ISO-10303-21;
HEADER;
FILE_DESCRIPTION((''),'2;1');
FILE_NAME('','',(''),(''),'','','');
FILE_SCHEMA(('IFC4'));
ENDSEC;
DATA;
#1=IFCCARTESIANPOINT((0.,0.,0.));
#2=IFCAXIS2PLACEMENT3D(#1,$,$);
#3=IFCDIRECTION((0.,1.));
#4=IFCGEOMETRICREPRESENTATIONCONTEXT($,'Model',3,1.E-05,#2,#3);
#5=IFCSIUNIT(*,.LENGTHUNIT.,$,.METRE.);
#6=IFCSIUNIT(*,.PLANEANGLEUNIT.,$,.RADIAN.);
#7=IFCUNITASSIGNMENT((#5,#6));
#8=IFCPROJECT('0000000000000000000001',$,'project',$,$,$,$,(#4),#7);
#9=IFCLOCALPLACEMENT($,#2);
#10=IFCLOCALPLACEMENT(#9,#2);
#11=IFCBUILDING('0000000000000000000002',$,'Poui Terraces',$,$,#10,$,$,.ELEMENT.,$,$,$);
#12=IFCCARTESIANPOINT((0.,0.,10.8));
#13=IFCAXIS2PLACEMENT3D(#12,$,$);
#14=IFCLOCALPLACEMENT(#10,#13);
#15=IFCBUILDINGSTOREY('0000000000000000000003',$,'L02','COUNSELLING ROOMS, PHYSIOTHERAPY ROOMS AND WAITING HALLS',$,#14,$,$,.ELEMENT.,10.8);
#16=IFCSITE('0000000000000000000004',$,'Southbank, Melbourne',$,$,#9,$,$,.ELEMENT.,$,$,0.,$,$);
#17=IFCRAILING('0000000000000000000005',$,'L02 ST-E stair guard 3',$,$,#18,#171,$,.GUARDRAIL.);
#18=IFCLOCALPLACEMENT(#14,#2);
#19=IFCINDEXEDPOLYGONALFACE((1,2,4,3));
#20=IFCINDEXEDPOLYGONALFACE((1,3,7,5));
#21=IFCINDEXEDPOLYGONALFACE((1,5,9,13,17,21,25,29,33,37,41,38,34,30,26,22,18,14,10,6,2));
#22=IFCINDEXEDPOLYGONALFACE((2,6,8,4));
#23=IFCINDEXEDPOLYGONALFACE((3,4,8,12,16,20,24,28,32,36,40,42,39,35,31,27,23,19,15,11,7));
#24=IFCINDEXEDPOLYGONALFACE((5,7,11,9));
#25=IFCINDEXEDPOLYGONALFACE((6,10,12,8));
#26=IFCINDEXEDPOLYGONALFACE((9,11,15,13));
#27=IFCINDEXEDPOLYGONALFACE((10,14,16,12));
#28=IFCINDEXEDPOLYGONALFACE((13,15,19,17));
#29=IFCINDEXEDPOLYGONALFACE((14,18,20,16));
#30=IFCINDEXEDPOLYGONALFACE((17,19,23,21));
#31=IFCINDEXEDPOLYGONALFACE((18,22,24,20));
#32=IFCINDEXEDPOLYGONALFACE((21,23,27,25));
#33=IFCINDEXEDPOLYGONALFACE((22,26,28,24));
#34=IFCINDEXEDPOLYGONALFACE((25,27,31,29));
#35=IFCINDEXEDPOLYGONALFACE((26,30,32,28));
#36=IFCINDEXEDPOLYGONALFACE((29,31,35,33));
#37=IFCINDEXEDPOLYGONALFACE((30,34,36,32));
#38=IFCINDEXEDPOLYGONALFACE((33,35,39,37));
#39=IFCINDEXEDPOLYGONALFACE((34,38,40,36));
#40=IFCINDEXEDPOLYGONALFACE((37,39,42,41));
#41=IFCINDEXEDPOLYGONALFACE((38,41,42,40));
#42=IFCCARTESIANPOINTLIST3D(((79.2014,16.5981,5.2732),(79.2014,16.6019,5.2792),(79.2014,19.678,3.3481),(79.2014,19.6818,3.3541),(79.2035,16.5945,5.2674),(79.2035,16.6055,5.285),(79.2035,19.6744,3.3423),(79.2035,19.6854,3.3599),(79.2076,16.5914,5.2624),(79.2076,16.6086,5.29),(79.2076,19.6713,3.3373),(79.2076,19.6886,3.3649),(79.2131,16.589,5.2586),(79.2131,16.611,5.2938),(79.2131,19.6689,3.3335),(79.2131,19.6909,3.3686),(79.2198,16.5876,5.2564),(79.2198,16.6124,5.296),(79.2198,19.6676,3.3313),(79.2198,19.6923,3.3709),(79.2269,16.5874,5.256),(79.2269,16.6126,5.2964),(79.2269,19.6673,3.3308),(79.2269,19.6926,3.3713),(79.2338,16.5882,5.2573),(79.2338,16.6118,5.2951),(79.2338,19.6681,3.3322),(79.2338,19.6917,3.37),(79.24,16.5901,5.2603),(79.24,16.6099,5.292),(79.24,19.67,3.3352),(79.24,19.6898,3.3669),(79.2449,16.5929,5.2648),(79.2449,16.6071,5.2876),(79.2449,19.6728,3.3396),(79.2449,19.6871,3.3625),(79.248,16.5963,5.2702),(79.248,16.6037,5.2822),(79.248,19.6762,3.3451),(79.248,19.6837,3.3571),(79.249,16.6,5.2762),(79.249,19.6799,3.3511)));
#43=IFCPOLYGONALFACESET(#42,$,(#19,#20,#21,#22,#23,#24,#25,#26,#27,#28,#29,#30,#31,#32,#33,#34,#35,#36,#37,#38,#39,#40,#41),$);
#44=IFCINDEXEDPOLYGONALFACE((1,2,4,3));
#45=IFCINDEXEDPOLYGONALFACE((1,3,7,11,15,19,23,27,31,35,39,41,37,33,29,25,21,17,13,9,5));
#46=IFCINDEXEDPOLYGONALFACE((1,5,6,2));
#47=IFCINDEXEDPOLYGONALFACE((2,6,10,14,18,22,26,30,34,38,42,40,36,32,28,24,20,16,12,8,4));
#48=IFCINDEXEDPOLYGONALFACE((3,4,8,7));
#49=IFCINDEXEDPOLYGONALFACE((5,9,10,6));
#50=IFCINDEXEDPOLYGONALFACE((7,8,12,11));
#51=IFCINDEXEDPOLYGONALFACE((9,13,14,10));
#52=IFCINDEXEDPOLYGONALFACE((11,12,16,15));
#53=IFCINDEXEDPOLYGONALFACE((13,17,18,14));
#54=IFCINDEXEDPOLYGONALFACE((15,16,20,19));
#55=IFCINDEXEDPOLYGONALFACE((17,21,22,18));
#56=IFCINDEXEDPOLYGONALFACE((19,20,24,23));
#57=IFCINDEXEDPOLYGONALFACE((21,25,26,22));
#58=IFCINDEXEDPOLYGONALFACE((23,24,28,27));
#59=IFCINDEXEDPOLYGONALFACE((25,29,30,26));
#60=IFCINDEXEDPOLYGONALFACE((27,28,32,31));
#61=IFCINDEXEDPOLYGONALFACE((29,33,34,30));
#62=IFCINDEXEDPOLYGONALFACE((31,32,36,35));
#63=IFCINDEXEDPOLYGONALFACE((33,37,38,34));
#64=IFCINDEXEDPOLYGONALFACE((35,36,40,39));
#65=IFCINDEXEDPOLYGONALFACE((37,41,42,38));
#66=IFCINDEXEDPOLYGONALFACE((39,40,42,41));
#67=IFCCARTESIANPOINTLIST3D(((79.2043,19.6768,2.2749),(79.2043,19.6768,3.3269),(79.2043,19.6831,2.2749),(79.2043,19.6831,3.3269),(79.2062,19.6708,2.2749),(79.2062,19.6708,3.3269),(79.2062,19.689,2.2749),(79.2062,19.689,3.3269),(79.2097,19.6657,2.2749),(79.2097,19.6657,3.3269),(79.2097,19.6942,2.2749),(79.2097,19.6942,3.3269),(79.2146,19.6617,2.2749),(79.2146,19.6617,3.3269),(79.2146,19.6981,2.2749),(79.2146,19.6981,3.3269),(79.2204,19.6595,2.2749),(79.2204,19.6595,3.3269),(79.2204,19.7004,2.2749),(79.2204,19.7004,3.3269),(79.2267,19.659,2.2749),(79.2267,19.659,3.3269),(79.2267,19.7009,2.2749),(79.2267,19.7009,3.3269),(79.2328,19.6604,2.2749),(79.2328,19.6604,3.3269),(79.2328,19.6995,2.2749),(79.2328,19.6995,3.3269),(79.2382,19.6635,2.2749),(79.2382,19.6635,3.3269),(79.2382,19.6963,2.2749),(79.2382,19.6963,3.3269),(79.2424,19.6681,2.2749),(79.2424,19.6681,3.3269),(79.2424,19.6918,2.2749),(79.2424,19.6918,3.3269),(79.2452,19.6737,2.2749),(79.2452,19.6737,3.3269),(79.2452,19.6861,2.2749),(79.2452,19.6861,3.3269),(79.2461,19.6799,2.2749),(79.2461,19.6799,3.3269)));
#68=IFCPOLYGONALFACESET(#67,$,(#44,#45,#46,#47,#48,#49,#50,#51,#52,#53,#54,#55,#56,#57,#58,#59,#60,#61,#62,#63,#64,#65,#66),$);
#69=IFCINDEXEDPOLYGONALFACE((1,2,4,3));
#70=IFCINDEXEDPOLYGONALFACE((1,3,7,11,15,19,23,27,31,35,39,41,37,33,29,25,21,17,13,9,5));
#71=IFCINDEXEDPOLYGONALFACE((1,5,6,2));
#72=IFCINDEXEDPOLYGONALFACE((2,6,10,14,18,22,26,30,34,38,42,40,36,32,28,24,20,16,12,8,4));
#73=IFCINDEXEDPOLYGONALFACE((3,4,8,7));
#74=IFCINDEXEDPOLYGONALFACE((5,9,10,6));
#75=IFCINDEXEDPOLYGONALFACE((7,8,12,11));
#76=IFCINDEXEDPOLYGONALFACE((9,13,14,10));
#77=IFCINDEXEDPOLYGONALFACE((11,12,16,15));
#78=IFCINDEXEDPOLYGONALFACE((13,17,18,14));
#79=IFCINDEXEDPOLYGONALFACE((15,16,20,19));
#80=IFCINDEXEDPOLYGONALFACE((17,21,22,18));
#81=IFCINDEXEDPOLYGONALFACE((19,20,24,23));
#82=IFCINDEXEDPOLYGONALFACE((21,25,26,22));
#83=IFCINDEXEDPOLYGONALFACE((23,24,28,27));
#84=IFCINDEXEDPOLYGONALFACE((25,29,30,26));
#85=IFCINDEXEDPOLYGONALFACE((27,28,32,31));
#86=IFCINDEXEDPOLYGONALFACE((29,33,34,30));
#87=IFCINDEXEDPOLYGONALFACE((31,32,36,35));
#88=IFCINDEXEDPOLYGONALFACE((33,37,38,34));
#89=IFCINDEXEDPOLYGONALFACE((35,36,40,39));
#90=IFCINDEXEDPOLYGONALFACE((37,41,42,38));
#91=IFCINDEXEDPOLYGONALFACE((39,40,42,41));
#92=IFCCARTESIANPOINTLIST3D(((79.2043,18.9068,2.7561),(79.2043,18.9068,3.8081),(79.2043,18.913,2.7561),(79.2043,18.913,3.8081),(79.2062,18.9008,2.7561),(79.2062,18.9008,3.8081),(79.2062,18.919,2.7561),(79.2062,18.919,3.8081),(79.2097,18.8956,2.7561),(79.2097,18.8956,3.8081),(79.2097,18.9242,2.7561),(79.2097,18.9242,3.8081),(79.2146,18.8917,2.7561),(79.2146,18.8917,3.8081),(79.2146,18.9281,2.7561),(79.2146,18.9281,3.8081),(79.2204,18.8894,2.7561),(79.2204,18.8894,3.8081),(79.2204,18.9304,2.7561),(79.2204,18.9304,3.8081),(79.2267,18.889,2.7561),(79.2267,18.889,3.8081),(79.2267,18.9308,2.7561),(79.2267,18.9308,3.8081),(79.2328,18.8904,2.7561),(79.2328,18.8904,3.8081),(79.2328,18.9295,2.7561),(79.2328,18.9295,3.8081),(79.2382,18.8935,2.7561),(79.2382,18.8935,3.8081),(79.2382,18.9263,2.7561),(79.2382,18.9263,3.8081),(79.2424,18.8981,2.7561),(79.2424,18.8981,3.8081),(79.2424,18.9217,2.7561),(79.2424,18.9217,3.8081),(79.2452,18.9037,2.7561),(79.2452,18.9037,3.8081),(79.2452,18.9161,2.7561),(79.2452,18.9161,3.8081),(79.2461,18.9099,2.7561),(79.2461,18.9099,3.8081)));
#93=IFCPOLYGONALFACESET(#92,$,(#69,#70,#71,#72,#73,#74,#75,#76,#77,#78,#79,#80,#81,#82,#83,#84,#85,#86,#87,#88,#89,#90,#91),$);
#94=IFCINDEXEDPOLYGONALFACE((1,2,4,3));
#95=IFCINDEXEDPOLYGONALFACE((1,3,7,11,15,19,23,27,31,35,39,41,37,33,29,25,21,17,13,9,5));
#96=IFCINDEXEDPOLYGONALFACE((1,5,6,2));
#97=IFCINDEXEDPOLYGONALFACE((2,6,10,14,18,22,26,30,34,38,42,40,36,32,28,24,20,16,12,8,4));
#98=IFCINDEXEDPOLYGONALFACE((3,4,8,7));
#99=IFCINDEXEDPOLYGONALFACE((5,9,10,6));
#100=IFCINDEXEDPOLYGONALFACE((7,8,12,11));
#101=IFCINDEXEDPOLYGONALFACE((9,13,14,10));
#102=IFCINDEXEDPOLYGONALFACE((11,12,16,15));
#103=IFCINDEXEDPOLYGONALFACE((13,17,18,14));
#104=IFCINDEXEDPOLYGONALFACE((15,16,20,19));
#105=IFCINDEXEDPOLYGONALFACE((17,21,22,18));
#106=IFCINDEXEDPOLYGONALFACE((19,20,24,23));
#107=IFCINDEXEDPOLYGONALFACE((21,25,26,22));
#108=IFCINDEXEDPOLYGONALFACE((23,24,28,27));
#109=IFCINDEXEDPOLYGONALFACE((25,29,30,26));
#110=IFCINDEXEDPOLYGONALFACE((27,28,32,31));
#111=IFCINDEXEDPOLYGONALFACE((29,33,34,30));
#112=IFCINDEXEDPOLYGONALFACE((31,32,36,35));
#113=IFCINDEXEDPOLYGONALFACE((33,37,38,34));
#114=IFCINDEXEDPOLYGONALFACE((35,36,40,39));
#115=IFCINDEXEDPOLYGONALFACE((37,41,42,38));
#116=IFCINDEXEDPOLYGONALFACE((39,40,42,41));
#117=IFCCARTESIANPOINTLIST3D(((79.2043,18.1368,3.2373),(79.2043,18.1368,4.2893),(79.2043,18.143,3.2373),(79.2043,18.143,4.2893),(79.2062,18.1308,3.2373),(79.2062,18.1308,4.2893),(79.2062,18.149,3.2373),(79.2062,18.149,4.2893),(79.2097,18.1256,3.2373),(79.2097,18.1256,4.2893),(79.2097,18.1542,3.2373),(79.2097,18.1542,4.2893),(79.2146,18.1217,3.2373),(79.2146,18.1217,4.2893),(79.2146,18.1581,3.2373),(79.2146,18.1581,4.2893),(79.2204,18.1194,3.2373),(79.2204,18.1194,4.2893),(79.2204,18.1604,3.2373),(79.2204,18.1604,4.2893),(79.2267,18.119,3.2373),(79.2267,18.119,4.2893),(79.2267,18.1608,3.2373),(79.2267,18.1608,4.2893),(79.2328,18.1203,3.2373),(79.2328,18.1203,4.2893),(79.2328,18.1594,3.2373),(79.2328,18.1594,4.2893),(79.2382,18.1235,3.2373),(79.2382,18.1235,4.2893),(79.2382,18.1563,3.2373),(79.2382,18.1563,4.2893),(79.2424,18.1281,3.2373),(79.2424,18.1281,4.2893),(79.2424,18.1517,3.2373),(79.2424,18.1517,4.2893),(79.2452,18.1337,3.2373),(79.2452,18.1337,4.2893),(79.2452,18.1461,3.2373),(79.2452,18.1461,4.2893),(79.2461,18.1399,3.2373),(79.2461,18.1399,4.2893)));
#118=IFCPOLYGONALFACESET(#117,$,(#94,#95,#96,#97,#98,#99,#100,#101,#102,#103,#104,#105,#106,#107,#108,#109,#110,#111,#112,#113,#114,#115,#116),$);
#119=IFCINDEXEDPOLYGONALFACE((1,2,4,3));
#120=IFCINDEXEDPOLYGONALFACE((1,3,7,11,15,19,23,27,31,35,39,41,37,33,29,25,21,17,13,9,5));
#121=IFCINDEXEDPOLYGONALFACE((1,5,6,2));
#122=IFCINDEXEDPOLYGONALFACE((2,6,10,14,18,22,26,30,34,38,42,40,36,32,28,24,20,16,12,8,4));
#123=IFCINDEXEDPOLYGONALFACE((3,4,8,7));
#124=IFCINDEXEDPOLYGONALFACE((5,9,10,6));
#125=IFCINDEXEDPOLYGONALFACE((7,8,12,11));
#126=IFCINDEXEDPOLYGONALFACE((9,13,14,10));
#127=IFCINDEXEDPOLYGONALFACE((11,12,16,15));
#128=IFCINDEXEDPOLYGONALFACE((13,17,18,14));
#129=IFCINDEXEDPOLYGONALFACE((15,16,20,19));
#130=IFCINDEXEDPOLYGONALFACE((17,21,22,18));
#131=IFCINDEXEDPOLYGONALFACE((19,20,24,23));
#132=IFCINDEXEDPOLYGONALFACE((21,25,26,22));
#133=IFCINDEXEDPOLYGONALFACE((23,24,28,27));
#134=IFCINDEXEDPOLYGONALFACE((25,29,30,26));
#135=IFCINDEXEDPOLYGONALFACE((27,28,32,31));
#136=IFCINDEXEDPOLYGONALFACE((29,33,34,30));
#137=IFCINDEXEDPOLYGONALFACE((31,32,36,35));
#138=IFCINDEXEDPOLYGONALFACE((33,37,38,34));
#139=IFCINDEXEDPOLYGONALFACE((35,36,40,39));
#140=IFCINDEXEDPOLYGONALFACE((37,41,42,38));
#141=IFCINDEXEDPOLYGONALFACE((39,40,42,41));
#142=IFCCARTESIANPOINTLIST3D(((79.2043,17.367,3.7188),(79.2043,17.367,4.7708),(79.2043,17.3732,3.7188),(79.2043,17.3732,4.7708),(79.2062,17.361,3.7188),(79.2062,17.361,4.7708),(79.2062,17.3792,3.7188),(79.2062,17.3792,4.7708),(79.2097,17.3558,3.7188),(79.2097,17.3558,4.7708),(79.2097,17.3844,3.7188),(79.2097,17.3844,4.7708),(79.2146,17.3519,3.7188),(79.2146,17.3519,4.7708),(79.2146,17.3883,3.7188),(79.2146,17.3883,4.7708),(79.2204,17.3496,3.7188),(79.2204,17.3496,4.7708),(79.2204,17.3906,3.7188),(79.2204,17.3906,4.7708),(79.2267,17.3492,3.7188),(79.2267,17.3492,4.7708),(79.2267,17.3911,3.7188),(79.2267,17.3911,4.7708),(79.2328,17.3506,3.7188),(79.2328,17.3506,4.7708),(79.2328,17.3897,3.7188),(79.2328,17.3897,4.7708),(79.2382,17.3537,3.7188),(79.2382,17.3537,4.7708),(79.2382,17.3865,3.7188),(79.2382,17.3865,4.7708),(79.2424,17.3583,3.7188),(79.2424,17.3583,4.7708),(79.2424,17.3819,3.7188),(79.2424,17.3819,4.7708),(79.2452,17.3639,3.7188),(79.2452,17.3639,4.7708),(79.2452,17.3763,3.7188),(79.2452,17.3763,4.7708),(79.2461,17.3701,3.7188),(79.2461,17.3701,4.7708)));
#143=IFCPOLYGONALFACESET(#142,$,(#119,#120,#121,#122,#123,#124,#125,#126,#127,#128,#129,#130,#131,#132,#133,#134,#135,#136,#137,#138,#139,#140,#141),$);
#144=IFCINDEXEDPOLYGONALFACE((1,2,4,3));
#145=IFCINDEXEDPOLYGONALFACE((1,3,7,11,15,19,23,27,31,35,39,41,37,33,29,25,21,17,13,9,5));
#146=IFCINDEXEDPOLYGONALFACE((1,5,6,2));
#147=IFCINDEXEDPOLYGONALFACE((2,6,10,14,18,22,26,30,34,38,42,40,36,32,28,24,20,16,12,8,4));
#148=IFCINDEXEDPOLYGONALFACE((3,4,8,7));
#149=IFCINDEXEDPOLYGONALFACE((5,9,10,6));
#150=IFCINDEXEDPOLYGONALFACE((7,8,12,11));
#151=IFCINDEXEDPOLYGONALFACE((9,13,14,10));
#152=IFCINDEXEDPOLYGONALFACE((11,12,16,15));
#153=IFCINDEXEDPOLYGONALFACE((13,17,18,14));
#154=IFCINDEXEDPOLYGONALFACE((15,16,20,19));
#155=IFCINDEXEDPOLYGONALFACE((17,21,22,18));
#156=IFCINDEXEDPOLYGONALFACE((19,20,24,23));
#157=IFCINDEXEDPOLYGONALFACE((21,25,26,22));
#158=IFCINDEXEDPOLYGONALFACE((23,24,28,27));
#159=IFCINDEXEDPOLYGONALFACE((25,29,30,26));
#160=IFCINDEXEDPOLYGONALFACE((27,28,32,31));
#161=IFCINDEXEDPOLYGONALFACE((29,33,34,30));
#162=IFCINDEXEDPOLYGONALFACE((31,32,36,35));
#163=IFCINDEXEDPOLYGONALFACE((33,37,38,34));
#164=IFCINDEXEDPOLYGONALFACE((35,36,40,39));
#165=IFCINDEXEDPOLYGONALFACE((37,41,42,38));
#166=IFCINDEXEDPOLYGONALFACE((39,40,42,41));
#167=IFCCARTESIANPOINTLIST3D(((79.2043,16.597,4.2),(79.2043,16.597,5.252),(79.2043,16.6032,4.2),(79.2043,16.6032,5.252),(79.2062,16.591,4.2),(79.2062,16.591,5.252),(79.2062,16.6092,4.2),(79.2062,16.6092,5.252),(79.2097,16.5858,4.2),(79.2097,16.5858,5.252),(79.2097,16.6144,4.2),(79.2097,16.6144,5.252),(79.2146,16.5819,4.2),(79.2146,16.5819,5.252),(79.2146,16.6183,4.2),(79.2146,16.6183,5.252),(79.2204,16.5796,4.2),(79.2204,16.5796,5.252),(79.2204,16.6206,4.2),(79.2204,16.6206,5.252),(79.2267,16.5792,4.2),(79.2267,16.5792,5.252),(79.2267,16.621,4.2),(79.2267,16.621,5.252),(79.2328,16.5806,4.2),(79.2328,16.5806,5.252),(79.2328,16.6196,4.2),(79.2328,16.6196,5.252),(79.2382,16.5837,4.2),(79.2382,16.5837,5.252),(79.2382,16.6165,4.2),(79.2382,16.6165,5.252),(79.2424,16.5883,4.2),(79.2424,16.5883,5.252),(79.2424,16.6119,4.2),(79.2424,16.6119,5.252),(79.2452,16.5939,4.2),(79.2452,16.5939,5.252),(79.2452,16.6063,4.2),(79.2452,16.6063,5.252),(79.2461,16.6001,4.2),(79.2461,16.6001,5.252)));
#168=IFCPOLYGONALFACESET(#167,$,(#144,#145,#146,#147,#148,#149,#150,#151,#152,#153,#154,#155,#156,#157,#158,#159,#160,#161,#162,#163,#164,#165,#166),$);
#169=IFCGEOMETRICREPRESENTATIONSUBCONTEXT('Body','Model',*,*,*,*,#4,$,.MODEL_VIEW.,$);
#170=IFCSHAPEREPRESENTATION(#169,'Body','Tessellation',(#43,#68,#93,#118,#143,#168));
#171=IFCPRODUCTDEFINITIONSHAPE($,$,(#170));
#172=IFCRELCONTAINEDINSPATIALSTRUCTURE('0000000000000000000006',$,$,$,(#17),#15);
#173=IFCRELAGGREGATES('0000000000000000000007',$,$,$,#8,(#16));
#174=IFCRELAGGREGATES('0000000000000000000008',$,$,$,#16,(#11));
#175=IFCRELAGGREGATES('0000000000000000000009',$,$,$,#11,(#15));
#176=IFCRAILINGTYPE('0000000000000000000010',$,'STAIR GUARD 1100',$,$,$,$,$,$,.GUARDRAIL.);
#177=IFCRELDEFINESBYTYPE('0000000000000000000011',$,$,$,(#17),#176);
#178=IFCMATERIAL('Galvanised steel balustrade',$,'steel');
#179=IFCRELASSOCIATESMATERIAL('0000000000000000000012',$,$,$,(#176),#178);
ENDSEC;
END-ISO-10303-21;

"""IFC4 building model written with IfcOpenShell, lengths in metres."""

from ifc_helpers import new_model, si_unit, direction, frame, origin, origin_2d, place, context, subcontext, project, spatial, circle, extrude, material, type_object, element, save


model = new_model("IFC4")

# Units and contexts
model_context = context("Model", 3, precision=1e-05, world=origin(), true_north=direction((0.0, 1.0)))
body_context = subcontext(model_context, "Body", "Model", "MODEL_VIEW")
ifc_project = project(units=[si_unit("LENGTHUNIT", "METRE"), si_unit("PLANEANGLEUNIT", "RADIAN")], contexts=[model_context])

# Site, building, storey
site_placement = place(None, origin())
site = spatial("IfcSite", under=ifc_project, at=site_placement, Name="Southbank, Melbourne", CompositionType="ELEMENT", RefElevation=0.0)
building_placement = place(site_placement, origin())
building = spatial("IfcBuilding", under=site, at=building_placement, Name="Poui Terraces", CompositionType="ELEMENT")
storey_placement = place(building_placement, frame((0.0, 0.0, 10.8)))
storey = spatial("IfcBuildingStorey", under=building, at=storey_placement, Name="L02", Description="COUNSELLING ROOMS, PHYSIOTHERAPY ROOMS AND WAITING HALLS", CompositionType="ELEMENT", Elevation=10.8)

# Railing
ifc_material_1 = material(Name="Galvanised steel balustrade", Category="steel")
railing_type_1 = type_object("IfcRailingType", Name="STAIR GUARD 1100", PredefinedType="GUARDRAIL", material=ifc_material_1)
railing_1_placement = place(storey_placement, frame((79.2251, 19.6799, 2.2749)))
element("IfcRailing", 1, at=railing_1_placement, inside=storey, type_object=railing_type_1, Name="L02 ST-E stair guard 3", PredefinedType="GUARDRAIL", context=body_context, shape_type="SweptSolid", body=[
    extrude(circle(Radius=0.0239, at=origin_2d()), frame((0.0, 0.0, 1.0762), z_axis=(0.0, -0.847979, 0.530029), x_axis=(1.0, 0.0, 0.0)), (0.0, 0.0, 1.0), 3.6321),
    extrude(circle(Radius=0.021, at=origin_2d()), origin(), (0.0, 0.0, 1.0), 1.052),
    extrude(circle(Radius=0.021, at=origin_2d()), frame((0.0, -0.77, 0.4812)), (0.0, 0.0, 1.0), 1.052),
    extrude(circle(Radius=0.021, at=origin_2d()), frame((0.0, -1.54, 0.9624)), (0.0, 0.0, 1.0), 1.052),
    extrude(circle(Radius=0.021, at=origin_2d()), frame((0.0, -2.3098, 1.4438)), (0.0, 0.0, 1.0), 1.052),
    extrude(circle(Radius=0.021, at=origin_2d()), frame((0.0, -3.0798, 1.925)), (0.0, 0.0, 1.0), 1.052),
])

save(model, "model.ifc")
